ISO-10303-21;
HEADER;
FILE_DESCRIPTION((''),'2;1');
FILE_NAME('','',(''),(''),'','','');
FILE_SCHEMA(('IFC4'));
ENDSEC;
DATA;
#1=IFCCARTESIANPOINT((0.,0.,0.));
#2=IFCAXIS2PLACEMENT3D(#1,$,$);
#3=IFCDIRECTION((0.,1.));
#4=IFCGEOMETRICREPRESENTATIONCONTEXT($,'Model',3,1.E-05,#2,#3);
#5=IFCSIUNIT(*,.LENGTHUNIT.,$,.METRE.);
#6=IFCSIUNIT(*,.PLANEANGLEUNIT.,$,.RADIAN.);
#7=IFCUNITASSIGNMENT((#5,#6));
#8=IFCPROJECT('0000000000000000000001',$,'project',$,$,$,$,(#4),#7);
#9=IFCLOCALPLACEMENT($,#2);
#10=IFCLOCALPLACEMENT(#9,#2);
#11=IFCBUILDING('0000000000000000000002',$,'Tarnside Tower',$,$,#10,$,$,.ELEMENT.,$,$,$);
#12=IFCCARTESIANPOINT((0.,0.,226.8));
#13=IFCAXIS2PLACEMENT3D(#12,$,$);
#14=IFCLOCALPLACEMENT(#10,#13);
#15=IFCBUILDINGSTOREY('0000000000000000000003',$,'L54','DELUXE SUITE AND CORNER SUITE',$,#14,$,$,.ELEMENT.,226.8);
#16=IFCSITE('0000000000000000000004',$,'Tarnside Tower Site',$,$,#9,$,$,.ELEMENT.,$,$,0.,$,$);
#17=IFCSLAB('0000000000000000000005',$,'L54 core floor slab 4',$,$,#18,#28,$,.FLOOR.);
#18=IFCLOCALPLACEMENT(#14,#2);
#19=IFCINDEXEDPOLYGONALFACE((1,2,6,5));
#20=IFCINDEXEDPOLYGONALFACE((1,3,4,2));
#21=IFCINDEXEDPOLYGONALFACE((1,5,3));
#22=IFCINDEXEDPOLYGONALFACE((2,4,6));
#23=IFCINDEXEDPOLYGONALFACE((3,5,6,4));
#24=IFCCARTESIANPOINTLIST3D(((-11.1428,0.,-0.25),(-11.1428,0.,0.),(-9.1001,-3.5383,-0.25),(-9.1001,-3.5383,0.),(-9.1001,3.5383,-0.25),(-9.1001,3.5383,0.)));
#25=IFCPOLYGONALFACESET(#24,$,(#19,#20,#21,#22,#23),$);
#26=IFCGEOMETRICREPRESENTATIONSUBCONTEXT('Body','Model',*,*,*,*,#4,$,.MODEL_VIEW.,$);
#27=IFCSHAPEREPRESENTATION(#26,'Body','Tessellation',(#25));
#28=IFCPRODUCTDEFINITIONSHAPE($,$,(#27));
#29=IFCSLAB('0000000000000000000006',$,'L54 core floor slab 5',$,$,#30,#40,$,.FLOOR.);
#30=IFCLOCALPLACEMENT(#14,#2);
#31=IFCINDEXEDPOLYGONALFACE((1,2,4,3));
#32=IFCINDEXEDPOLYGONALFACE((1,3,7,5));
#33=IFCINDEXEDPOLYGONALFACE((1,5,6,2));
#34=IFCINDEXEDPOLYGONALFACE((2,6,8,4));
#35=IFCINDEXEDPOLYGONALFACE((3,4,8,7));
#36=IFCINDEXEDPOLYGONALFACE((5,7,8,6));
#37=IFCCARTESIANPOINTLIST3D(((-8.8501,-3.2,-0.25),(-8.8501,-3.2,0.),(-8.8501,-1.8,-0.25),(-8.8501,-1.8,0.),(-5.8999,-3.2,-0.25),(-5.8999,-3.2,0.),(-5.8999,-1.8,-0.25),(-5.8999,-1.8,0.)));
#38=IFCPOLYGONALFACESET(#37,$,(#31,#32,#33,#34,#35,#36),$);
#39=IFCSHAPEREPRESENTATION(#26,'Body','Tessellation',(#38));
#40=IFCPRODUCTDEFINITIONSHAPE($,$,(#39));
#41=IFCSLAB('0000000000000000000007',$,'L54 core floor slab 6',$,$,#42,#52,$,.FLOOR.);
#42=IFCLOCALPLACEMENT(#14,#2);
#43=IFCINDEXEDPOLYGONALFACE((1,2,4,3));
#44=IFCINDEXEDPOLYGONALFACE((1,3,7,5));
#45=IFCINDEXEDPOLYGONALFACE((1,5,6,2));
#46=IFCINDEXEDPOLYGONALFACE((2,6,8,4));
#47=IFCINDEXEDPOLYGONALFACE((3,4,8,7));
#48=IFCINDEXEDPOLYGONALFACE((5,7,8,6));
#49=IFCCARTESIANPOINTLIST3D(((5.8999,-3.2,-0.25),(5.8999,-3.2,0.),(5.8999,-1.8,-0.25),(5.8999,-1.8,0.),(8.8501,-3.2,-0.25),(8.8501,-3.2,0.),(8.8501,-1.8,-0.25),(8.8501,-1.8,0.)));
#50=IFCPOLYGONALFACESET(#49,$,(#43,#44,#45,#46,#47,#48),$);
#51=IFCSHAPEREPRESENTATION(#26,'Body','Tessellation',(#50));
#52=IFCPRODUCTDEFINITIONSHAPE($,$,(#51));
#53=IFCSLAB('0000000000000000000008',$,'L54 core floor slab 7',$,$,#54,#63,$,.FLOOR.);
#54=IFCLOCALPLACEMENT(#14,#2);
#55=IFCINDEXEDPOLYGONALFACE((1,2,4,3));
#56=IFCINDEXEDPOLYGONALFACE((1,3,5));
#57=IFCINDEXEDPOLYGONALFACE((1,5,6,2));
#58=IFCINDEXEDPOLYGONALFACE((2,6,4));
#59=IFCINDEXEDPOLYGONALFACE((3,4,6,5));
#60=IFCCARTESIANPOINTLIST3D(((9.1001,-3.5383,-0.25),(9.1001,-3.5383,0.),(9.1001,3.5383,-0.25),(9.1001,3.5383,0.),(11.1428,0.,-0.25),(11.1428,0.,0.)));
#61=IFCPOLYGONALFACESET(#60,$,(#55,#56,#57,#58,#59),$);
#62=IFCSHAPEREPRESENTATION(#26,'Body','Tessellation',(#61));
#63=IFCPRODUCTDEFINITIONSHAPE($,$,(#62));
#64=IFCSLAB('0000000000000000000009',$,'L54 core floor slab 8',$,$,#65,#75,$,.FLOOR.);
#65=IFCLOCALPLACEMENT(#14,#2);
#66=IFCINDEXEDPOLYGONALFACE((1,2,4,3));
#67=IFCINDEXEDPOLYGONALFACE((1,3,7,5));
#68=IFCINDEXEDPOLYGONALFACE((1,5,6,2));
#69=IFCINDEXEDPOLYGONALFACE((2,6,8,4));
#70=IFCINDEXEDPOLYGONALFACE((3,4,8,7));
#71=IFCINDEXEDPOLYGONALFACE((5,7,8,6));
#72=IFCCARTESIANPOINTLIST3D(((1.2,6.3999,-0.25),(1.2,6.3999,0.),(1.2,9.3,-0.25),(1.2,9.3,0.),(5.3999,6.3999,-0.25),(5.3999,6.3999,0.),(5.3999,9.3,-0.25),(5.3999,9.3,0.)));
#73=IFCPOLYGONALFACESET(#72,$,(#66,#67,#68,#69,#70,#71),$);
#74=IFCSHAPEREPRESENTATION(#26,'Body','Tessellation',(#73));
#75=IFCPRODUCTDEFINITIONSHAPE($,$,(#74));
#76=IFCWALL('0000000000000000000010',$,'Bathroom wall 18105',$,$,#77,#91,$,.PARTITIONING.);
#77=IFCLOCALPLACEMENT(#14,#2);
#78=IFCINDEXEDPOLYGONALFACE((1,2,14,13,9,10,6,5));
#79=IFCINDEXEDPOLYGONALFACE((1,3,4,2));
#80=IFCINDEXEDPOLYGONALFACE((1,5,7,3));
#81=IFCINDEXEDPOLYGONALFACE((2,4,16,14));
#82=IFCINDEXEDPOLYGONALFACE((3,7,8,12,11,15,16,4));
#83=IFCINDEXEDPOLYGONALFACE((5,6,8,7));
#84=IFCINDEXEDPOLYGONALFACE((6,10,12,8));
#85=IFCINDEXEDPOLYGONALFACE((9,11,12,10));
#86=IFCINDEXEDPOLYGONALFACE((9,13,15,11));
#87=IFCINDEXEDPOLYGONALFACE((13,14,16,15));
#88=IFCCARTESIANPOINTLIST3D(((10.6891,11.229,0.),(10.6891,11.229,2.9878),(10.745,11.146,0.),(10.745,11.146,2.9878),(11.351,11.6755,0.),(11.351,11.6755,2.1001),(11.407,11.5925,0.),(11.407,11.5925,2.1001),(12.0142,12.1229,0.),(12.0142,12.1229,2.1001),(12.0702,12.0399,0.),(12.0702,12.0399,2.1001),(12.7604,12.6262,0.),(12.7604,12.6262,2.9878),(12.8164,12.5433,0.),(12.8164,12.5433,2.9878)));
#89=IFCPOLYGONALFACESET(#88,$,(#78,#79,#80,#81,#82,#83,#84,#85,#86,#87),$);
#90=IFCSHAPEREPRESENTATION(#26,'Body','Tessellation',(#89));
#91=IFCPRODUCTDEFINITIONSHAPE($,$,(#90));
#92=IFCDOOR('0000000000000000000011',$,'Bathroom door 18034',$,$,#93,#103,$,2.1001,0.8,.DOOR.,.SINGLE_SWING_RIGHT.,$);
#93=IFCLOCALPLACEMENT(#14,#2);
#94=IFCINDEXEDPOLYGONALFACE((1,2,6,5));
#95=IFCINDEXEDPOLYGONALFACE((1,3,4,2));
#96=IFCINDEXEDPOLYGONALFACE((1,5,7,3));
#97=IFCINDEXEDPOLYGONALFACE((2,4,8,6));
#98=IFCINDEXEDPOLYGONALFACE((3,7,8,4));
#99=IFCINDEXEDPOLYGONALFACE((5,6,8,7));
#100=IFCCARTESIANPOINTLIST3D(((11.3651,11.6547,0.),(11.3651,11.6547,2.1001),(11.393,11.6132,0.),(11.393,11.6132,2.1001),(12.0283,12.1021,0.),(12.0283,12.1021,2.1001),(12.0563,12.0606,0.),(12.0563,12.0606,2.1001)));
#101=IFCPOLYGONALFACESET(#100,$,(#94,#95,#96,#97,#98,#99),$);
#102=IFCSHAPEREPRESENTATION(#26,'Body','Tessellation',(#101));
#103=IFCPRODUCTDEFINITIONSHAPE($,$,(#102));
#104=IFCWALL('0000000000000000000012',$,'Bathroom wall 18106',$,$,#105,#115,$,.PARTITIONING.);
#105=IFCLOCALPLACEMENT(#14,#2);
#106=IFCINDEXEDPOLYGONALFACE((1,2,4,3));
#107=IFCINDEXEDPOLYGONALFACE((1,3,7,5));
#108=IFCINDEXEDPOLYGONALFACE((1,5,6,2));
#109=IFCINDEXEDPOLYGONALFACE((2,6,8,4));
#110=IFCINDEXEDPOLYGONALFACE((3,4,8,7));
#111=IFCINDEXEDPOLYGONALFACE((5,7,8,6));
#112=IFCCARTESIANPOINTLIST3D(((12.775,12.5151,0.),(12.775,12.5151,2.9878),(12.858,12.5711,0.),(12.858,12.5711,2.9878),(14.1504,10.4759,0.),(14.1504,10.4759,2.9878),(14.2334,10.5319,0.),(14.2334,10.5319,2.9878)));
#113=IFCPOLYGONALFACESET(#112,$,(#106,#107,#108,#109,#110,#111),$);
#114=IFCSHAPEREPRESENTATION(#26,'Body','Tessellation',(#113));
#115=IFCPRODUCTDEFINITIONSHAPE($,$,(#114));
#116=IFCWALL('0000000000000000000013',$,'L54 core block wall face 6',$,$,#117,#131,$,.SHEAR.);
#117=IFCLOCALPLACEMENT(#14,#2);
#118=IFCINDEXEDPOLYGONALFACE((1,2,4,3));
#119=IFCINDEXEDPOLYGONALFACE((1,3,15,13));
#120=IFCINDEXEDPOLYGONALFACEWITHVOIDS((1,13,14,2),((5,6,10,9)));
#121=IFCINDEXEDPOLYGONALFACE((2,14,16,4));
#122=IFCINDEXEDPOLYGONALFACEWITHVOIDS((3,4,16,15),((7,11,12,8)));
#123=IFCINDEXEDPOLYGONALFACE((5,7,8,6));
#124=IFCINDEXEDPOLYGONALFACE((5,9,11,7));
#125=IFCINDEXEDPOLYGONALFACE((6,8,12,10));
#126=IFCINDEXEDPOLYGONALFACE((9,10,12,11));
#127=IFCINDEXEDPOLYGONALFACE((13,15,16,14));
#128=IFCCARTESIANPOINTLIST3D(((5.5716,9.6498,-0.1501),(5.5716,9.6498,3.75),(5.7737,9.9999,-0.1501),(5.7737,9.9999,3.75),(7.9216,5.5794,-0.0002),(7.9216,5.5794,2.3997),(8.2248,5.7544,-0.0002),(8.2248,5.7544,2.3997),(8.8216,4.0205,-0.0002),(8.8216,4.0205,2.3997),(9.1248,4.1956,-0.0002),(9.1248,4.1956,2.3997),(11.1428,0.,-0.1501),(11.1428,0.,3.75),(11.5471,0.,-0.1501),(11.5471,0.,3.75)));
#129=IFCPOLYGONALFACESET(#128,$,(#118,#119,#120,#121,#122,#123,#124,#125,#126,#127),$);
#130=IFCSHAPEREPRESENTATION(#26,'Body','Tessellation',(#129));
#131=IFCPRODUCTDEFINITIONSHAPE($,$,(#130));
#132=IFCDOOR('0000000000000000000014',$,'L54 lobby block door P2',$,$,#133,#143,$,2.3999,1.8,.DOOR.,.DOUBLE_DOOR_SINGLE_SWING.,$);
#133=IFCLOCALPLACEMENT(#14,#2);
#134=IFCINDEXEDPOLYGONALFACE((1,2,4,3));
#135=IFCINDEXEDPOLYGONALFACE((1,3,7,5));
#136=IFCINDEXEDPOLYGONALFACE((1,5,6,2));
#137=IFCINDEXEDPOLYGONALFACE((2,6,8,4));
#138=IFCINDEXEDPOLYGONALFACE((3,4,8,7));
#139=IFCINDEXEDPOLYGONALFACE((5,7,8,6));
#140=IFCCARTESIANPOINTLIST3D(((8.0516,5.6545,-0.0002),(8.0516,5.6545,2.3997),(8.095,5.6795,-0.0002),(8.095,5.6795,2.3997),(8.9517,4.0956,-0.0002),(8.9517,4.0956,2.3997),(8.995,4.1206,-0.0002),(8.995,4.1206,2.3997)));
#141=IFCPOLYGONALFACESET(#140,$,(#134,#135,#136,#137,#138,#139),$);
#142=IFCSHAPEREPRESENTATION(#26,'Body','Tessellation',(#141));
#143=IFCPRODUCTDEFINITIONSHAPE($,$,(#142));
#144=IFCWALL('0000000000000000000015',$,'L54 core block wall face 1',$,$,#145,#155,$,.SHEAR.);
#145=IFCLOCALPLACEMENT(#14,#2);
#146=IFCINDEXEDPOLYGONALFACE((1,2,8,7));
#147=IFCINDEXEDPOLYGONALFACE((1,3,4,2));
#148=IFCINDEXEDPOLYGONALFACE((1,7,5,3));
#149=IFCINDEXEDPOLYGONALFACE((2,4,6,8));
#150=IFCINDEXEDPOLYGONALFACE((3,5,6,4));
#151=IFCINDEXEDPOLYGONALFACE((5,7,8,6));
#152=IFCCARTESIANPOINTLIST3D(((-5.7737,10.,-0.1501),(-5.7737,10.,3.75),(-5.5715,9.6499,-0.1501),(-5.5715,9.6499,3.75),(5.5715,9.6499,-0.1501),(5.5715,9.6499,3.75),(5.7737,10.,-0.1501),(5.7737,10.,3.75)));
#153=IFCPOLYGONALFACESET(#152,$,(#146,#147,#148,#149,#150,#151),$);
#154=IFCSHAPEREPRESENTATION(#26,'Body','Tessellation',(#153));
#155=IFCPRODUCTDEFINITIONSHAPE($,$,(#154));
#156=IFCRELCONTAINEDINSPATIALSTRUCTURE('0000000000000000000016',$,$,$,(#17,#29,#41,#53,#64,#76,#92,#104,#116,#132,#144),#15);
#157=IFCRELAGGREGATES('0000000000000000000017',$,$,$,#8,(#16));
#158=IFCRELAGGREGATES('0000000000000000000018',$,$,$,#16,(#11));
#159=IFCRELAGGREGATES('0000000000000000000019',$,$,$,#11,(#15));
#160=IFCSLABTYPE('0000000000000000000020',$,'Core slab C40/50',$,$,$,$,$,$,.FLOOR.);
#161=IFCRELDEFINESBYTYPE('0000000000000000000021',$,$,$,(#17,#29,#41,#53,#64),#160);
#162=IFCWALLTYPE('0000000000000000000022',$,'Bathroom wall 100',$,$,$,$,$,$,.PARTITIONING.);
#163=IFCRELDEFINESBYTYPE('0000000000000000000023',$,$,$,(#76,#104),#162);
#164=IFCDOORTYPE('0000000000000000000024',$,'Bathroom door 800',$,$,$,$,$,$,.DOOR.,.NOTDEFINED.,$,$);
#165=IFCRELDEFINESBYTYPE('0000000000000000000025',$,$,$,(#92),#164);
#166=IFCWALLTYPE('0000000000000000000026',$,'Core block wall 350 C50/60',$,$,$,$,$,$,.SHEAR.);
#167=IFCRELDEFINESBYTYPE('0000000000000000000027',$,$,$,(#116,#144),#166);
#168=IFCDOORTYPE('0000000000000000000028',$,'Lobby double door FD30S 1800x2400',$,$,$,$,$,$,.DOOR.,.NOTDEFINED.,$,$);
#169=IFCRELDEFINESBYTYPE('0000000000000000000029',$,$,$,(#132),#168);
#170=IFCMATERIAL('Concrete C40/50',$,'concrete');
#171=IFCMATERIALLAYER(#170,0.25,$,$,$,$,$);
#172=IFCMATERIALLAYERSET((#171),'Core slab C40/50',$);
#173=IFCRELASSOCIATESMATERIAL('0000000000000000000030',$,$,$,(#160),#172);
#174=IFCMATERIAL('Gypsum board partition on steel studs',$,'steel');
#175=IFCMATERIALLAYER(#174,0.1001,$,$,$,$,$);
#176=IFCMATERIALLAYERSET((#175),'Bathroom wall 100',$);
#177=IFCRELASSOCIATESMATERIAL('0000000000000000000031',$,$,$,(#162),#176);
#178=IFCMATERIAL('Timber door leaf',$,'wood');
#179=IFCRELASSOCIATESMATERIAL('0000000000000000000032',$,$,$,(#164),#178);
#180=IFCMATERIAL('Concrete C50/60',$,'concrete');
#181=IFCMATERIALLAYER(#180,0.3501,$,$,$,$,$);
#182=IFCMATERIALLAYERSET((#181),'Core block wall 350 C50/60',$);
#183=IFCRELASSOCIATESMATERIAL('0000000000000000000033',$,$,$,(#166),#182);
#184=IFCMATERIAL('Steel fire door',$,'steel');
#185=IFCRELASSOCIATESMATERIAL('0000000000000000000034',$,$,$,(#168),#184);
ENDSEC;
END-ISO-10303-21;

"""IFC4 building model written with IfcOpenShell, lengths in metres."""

from ifc_helpers import new_model, si_unit, direction, frame, frame_2d, origin, place, context, subcontext, project, spatial, polyline, rectangle, outline, extrude, material, layer, layer_set, type_object, element, fill, save


model = new_model("IFC4")

# Units and contexts
model_context = context("Model", 3, precision=1e-05, world=origin(), true_north=direction((0.0, 1.0)))
body_context = subcontext(model_context, "Body", "Model", "MODEL_VIEW")
ifc_project = project(units=[si_unit("LENGTHUNIT", "METRE"), si_unit("PLANEANGLEUNIT", "RADIAN")], contexts=[model_context])

# Site, building, storey
site_placement = place(None, origin())
site = spatial("IfcSite", under=ifc_project, at=site_placement, Name="Tarnside Tower Site", CompositionType="ELEMENT", RefElevation=0.0)
building_placement = place(site_placement, origin())
building = spatial("IfcBuilding", under=site, at=building_placement, Name="Tarnside Tower", CompositionType="ELEMENT")
storey_placement = place(building_placement, frame((0.0, 0.0, 226.8)))
storey = spatial("IfcBuildingStorey", under=building, at=storey_placement, Name="L54", Description="DELUXE SUITE AND CORNER SUITE", CompositionType="ELEMENT", Elevation=226.8)

# Slabs
ifc_material_1 = material(Name="Concrete C40/50", Category="concrete")
ifc_layer_1 = layer(ifc_material_1, 0.25)
ifc_layer_set_1 = layer_set([ifc_layer_1], Name="Core slab C40/50")
slab_type = type_object("IfcSlabType", Name="Core slab C40/50", PredefinedType="FLOOR", material=ifc_layer_set_1)
slab_1_placement = place(storey_placement, frame((0.0, 0.0, -0.25)))
element("IfcSlab", 1, at=slab_1_placement, inside=storey, type_object=slab_type, Name="L54 core floor slab 4", PredefinedType="FLOOR", context=body_context, shape_type="SweptSolid", body=[
    extrude(outline(polyline([(-11.1428, 0.0), (-9.1001, 3.5383), (-9.1001, -3.5383), (-11.1428, 0.0)])), origin(), (0.0, 0.0, 1.0), 0.25),
])
slab_2_placement = place(storey_placement, frame((0.0, 0.0, -0.25)))
element("IfcSlab", 2, at=slab_2_placement, inside=storey, type_object=slab_type, Name="L54 core floor slab 5", PredefinedType="FLOOR", context=body_context, shape_type="SweptSolid", body=[
    extrude(outline(polyline([(-8.8501, -1.8), (-5.8999, -1.8), (-5.8999, -3.2), (-8.8501, -3.2), (-8.8501, -1.8)])), origin(), (0.0, 0.0, 1.0), 0.25),
])
slab_3_placement = place(storey_placement, frame((0.0, 0.0, -0.25)))
element("IfcSlab", 3, at=slab_3_placement, inside=storey, type_object=slab_type, Name="L54 core floor slab 6", PredefinedType="FLOOR", context=body_context, shape_type="SweptSolid", body=[
    extrude(outline(polyline([(5.8999, -3.2), (5.8999, -1.8), (8.8501, -1.8), (8.8501, -3.2), (5.8999, -3.2)])), origin(), (0.0, 0.0, 1.0), 0.25),
])
slab_4_placement = place(storey_placement, frame((0.0, 0.0, -0.25)))
element("IfcSlab", 4, at=slab_4_placement, inside=storey, type_object=slab_type, Name="L54 core floor slab 7", PredefinedType="FLOOR", context=body_context, shape_type="SweptSolid", body=[
    extrude(outline(polyline([(9.1001, -3.5383), (9.1001, 3.5383), (11.1428, 0.0), (9.1001, -3.5383)])), origin(), (0.0, 0.0, 1.0), 0.25),
])
slab_5_placement = place(storey_placement, frame((0.0, 0.0, -0.25)))
element("IfcSlab", 5, at=slab_5_placement, inside=storey, type_object=slab_type, Name="L54 core floor slab 8", PredefinedType="FLOOR", context=body_context, shape_type="SweptSolid", body=[
    extrude(outline(polyline([(5.3999, 9.3), (5.3999, 6.3999), (1.2, 6.3999), (1.2, 9.3), (5.3999, 9.3)])), origin(), (0.0, 0.0, 1.0), 0.25),
])

# Wall, opening, door
ifc_material_2 = material(Name="Gypsum board partition on steel studs", Category="steel")
ifc_layer_2 = layer(ifc_material_2, 0.1001)
ifc_layer_set_2 = layer_set([ifc_layer_2], Name="Bathroom wall 100")
wall_type_1 = type_object("IfcWallType", Name="Bathroom wall 100", PredefinedType="PARTITIONING", material=ifc_layer_set_2)
wall_1_placement = place(storey_placement, frame((10.717, 11.1875, 0.0), z_axis=(0.0, 0.0, 1.0), x_axis=(0.829016, 0.559224, 0.0)))
wall_1 = element("IfcWall", 6, at=wall_1_placement, inside=storey, type_object=wall_type_1, Name="Bathroom wall 18105", PredefinedType="PARTITIONING", context=body_context, shape_type="SweptSolid", body=[
    extrude(rectangle(XDim=2.4985, YDim=0.1001, at=frame_2d((1.2493, 0.0))), origin(), (0.0, 0.0, 1.0), 2.9878),
])
opening_1_placement = place(wall_1_placement, frame((0.7986, 0.0, 0.0)))
opening_1 = element("IfcOpeningElement", 7, at=opening_1_placement, cuts=wall_1, PredefinedType="OPENING", context=body_context, shape_type="SweptSolid", body=[
    extrude(rectangle(XDim=0.8, YDim=2.1001, at=frame_2d((0.3999, 1.05))), frame((0.0, 0.0601, 0.0), z_axis=(0.0, -1.0, 0.0), x_axis=(1.0, 0.0, 0.0)), (0.0, 0.0, 1.0), 0.1201),
])
ifc_material_3 = material(Name="Timber door leaf", Category="wood")
door_type_1 = type_object("IfcDoorType", Name="Bathroom door 800", OperationType="NOTDEFINED", PredefinedType="DOOR", material=ifc_material_3)
door_1_placement = place(opening_1_placement, origin())
door_1 = element("IfcDoor", 8, at=door_1_placement, inside=storey, type_object=door_type_1, Name="Bathroom door 18034", OperationType="SINGLE_SWING_RIGHT", OverallHeight=2.1001, OverallWidth=0.8, PredefinedType="DOOR", context=body_context, shape_type="SweptSolid", body=[
    extrude(rectangle(XDim=0.8, YDim=2.1001, at=frame_2d((0.3999, 1.05))), frame((0.0, 0.0249, 0.0), z_axis=(0.0, -1.0, 0.0), x_axis=(1.0, 0.0, 0.0)), (0.0, 0.0, 1.0), 0.05),
])
fill(opening_1, door_1)

# Wall
wall_2_placement = place(storey_placement, frame((12.8164, 12.5432, 0.0), z_axis=(0.0, 0.0, 1.0), x_axis=(0.559181, -0.829045, 0.0)))
element("IfcWall", 9, at=wall_2_placement, inside=storey, type_object=wall_type_1, Name="Bathroom wall 18106", PredefinedType="PARTITIONING", context=body_context, shape_type="SweptSolid", body=[
    extrude(rectangle(XDim=2.4597, YDim=0.1001, at=frame_2d((1.23, 0.0))), origin(), (0.0, 0.0, 1.0), 2.9878),
])

# Wall, opening, door
ifc_material_4 = material(Name="Concrete C50/60", Category="concrete")
ifc_layer_3 = layer(ifc_material_4, 0.3501)
ifc_layer_set_3 = layer_set([ifc_layer_3], Name="Core block wall 350 C50/60")
wall_type_2 = type_object("IfcWallType", Name="Core block wall 350 C50/60", PredefinedType="SHEAR", material=ifc_layer_set_3)
wall_3_placement = place(storey_placement, frame((11.345, 0.0, -0.1501), z_axis=(0.0, 0.0, 1.0), x_axis=(-0.499995, 0.866028, 0.0)))
wall_3 = element("IfcWall", 10, at=wall_3_placement, inside=storey, type_object=wall_type_2, Name="L54 core block wall face 6", PredefinedType="SHEAR", context=body_context, shape_type="SweptSolid", body=[
    extrude(outline(polyline([(-0.1011, -0.175), (11.4458, -0.175), (11.2437, 0.175), (0.1011, 0.175), (-0.1011, -0.175)])), origin(), (0.0, 0.0, 1.0), 3.9001),
])
opening_2_placement = place(wall_3_placement, frame((4.7437, 0.0, 0.1499)))
opening_2 = element("IfcOpeningElement", 11, at=opening_2_placement, cuts=wall_3, PredefinedType="OPENING", context=body_context, shape_type="SweptSolid", body=[
    extrude(rectangle(XDim=1.8, YDim=2.3999, at=frame_2d((0.8999, 1.2))), frame((0.0, 0.1851, 0.0), z_axis=(0.0, -1.0, 0.0), x_axis=(1.0, 0.0, 0.0)), (0.0, 0.0, 1.0), 0.3701),
])
ifc_material_5 = material(Name="Steel fire door", Category="steel")
door_type_2 = type_object("IfcDoorType", Name="Lobby double door FD30S 1800x2400", OperationType="NOTDEFINED", PredefinedType="DOOR", material=ifc_material_5)
door_2_placement = place(opening_2_placement, origin())
door_2 = element("IfcDoor", 12, at=door_2_placement, inside=storey, type_object=door_type_2, Name="L54 lobby block door P2", OperationType="DOUBLE_DOOR_SINGLE_SWING", OverallHeight=2.3999, OverallWidth=1.8, PredefinedType="DOOR", context=body_context, shape_type="SweptSolid", body=[
    extrude(rectangle(XDim=1.8, YDim=2.3999, at=frame_2d((0.8999, 1.2))), frame((0.0, 0.0249, 0.0), z_axis=(0.0, -1.0, 0.0), x_axis=(1.0, 0.0, 0.0)), (0.0, 0.0, 1.0), 0.05),
])
fill(opening_2, door_2)

# Wall
wall_4_placement = place(storey_placement, frame((5.6726, 9.825, -0.1501), z_axis=(0.0, 0.0, 1.0), x_axis=(-1.0, 0.0, 0.0)))
element("IfcWall", 13, at=wall_4_placement, inside=storey, type_object=wall_type_2, Name="L54 core block wall face 1", PredefinedType="SHEAR", context=body_context, shape_type="SweptSolid", body=[
    extrude(outline(polyline([(-0.1011, -0.175), (11.4463, -0.175), (11.2441, 0.175), (0.1011, 0.175), (-0.1011, -0.175)])), origin(), (0.0, 0.0, 1.0), 3.9001),
])

save(model, "model.ifc")
